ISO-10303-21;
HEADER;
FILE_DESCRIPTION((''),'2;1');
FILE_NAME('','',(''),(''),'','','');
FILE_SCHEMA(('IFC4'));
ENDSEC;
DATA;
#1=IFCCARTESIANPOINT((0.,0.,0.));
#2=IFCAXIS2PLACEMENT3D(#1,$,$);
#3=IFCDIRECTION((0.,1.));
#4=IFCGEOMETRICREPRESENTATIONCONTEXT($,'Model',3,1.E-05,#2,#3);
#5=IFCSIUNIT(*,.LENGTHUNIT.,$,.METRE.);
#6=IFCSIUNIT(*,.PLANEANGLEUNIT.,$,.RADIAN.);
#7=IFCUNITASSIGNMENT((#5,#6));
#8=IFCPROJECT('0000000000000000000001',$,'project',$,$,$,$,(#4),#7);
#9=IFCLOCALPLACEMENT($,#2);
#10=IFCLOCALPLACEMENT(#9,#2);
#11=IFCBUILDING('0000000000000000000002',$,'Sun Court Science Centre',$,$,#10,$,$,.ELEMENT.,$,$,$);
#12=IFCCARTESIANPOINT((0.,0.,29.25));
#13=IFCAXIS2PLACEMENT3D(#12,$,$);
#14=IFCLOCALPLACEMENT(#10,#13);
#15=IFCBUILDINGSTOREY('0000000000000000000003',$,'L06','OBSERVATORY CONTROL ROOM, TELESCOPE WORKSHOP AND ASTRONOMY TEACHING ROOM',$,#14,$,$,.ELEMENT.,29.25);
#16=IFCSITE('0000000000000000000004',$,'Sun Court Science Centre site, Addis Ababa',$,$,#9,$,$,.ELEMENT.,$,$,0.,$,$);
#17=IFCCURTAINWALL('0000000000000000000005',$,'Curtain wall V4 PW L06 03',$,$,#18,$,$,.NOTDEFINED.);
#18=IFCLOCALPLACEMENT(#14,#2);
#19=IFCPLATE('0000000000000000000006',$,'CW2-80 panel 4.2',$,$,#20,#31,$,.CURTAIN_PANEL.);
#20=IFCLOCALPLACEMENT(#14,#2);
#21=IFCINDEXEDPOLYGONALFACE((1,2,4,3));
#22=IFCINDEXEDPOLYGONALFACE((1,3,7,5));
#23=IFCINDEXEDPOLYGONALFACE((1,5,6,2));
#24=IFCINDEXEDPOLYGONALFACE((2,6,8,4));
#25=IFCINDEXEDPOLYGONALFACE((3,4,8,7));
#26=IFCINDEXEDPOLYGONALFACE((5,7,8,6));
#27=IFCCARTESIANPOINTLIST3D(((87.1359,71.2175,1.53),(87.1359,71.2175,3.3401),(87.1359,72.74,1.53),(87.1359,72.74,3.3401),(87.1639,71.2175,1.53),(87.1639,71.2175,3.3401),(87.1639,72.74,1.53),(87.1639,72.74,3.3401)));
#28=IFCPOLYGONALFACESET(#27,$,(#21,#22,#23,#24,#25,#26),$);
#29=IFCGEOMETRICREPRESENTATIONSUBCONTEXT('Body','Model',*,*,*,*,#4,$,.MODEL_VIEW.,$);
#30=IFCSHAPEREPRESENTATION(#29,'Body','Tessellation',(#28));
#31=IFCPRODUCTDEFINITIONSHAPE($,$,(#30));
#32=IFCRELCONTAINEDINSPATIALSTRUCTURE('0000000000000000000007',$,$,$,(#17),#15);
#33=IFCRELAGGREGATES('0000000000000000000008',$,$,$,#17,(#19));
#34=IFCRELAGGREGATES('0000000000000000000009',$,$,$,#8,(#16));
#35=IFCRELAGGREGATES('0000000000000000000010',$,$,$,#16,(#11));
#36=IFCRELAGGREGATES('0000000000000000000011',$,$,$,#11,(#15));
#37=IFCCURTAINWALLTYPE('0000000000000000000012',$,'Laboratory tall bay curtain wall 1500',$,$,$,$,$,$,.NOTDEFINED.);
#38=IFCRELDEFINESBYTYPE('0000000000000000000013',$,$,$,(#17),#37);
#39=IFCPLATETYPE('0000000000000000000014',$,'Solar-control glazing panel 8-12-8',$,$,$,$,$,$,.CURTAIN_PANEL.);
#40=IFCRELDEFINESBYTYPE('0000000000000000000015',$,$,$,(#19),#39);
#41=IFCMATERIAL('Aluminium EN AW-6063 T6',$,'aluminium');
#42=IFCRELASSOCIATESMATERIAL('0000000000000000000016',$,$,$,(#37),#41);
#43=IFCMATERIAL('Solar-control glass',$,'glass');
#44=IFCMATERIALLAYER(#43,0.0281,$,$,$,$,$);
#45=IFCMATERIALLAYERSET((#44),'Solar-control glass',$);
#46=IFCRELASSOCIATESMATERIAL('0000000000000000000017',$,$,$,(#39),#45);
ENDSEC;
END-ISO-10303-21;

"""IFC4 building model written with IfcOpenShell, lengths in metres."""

from ifc_helpers import new_model, si_unit, direction, frame, origin, origin_2d, place, context, subcontext, project, spatial, rectangle, extrude, material, layer, layer_set, type_object, element, aggregate, save


model = new_model("IFC4")

# Units and contexts
model_context = context("Model", 3, precision=1e-05, world=origin(), true_north=direction((0.0, 1.0)))
body_context = subcontext(model_context, "Body", "Model", "MODEL_VIEW")
ifc_project = project(units=[si_unit("LENGTHUNIT", "METRE"), si_unit("PLANEANGLEUNIT", "RADIAN")], contexts=[model_context])

# Site, building, storey
site_placement = place(None, origin())
site = spatial("IfcSite", under=ifc_project, at=site_placement, Name="Sun Court Science Centre site, Addis Ababa", CompositionType="ELEMENT", RefElevation=0.0)
building_placement = place(site_placement, origin())
building = spatial("IfcBuilding", under=site, at=building_placement, Name="Sun Court Science Centre", CompositionType="ELEMENT")
storey_placement = place(building_placement, frame((0.0, 0.0, 29.25)))
storey = spatial("IfcBuildingStorey", under=building, at=storey_placement, Name="L06", Description="OBSERVATORY CONTROL ROOM, TELESCOPE WORKSHOP AND ASTRONOMY TEACHING ROOM", CompositionType="ELEMENT", Elevation=29.25)

# Curtain wall
ifc_material_1 = material(Name="Aluminium EN AW-6063 T6", Category="aluminium")
curtain_wall_type = type_object("IfcCurtainWallType", Name="Laboratory tall bay curtain wall 1500", PredefinedType="NOTDEFINED", material=ifc_material_1)
curtain_wall_placement = place(storey_placement, origin())
curtain_wall = element("IfcCurtainWall", 1, at=curtain_wall_placement, inside=storey, type_object=curtain_wall_type, Name="Curtain wall V4 PW L06 03", PredefinedType="NOTDEFINED")

# Plate
ifc_material_2 = material(Name="Solar-control glass", Category="glass")
ifc_layer = layer(ifc_material_2, 0.0281)
ifc_layer_set = layer_set([ifc_layer], Name="Solar-control glass")
plate_type = type_object("IfcPlateType", Name="Solar-control glazing panel 8-12-8", PredefinedType="CURTAIN_PANEL", material=ifc_layer_set)
plate_1_placement = place(storey_placement, frame((87.1499, 71.9788, 1.53), z_axis=(0.0, 0.0, 1.0), x_axis=(0.0, 1.0, 0.0)))
plate_1 = element("IfcPlate", 2, at=plate_1_placement, type_object=plate_type, Name="CW2-80 panel 4.2", PredefinedType="CURTAIN_PANEL", context=body_context, shape_type="SweptSolid", body=[
    extrude(rectangle(XDim=1.5225, YDim=0.0281, at=origin_2d()), origin(), (0.0, 0.0, 1.0), 1.8101),
])
aggregate(curtain_wall, [plate_1])

save(model, "model.ifc")
